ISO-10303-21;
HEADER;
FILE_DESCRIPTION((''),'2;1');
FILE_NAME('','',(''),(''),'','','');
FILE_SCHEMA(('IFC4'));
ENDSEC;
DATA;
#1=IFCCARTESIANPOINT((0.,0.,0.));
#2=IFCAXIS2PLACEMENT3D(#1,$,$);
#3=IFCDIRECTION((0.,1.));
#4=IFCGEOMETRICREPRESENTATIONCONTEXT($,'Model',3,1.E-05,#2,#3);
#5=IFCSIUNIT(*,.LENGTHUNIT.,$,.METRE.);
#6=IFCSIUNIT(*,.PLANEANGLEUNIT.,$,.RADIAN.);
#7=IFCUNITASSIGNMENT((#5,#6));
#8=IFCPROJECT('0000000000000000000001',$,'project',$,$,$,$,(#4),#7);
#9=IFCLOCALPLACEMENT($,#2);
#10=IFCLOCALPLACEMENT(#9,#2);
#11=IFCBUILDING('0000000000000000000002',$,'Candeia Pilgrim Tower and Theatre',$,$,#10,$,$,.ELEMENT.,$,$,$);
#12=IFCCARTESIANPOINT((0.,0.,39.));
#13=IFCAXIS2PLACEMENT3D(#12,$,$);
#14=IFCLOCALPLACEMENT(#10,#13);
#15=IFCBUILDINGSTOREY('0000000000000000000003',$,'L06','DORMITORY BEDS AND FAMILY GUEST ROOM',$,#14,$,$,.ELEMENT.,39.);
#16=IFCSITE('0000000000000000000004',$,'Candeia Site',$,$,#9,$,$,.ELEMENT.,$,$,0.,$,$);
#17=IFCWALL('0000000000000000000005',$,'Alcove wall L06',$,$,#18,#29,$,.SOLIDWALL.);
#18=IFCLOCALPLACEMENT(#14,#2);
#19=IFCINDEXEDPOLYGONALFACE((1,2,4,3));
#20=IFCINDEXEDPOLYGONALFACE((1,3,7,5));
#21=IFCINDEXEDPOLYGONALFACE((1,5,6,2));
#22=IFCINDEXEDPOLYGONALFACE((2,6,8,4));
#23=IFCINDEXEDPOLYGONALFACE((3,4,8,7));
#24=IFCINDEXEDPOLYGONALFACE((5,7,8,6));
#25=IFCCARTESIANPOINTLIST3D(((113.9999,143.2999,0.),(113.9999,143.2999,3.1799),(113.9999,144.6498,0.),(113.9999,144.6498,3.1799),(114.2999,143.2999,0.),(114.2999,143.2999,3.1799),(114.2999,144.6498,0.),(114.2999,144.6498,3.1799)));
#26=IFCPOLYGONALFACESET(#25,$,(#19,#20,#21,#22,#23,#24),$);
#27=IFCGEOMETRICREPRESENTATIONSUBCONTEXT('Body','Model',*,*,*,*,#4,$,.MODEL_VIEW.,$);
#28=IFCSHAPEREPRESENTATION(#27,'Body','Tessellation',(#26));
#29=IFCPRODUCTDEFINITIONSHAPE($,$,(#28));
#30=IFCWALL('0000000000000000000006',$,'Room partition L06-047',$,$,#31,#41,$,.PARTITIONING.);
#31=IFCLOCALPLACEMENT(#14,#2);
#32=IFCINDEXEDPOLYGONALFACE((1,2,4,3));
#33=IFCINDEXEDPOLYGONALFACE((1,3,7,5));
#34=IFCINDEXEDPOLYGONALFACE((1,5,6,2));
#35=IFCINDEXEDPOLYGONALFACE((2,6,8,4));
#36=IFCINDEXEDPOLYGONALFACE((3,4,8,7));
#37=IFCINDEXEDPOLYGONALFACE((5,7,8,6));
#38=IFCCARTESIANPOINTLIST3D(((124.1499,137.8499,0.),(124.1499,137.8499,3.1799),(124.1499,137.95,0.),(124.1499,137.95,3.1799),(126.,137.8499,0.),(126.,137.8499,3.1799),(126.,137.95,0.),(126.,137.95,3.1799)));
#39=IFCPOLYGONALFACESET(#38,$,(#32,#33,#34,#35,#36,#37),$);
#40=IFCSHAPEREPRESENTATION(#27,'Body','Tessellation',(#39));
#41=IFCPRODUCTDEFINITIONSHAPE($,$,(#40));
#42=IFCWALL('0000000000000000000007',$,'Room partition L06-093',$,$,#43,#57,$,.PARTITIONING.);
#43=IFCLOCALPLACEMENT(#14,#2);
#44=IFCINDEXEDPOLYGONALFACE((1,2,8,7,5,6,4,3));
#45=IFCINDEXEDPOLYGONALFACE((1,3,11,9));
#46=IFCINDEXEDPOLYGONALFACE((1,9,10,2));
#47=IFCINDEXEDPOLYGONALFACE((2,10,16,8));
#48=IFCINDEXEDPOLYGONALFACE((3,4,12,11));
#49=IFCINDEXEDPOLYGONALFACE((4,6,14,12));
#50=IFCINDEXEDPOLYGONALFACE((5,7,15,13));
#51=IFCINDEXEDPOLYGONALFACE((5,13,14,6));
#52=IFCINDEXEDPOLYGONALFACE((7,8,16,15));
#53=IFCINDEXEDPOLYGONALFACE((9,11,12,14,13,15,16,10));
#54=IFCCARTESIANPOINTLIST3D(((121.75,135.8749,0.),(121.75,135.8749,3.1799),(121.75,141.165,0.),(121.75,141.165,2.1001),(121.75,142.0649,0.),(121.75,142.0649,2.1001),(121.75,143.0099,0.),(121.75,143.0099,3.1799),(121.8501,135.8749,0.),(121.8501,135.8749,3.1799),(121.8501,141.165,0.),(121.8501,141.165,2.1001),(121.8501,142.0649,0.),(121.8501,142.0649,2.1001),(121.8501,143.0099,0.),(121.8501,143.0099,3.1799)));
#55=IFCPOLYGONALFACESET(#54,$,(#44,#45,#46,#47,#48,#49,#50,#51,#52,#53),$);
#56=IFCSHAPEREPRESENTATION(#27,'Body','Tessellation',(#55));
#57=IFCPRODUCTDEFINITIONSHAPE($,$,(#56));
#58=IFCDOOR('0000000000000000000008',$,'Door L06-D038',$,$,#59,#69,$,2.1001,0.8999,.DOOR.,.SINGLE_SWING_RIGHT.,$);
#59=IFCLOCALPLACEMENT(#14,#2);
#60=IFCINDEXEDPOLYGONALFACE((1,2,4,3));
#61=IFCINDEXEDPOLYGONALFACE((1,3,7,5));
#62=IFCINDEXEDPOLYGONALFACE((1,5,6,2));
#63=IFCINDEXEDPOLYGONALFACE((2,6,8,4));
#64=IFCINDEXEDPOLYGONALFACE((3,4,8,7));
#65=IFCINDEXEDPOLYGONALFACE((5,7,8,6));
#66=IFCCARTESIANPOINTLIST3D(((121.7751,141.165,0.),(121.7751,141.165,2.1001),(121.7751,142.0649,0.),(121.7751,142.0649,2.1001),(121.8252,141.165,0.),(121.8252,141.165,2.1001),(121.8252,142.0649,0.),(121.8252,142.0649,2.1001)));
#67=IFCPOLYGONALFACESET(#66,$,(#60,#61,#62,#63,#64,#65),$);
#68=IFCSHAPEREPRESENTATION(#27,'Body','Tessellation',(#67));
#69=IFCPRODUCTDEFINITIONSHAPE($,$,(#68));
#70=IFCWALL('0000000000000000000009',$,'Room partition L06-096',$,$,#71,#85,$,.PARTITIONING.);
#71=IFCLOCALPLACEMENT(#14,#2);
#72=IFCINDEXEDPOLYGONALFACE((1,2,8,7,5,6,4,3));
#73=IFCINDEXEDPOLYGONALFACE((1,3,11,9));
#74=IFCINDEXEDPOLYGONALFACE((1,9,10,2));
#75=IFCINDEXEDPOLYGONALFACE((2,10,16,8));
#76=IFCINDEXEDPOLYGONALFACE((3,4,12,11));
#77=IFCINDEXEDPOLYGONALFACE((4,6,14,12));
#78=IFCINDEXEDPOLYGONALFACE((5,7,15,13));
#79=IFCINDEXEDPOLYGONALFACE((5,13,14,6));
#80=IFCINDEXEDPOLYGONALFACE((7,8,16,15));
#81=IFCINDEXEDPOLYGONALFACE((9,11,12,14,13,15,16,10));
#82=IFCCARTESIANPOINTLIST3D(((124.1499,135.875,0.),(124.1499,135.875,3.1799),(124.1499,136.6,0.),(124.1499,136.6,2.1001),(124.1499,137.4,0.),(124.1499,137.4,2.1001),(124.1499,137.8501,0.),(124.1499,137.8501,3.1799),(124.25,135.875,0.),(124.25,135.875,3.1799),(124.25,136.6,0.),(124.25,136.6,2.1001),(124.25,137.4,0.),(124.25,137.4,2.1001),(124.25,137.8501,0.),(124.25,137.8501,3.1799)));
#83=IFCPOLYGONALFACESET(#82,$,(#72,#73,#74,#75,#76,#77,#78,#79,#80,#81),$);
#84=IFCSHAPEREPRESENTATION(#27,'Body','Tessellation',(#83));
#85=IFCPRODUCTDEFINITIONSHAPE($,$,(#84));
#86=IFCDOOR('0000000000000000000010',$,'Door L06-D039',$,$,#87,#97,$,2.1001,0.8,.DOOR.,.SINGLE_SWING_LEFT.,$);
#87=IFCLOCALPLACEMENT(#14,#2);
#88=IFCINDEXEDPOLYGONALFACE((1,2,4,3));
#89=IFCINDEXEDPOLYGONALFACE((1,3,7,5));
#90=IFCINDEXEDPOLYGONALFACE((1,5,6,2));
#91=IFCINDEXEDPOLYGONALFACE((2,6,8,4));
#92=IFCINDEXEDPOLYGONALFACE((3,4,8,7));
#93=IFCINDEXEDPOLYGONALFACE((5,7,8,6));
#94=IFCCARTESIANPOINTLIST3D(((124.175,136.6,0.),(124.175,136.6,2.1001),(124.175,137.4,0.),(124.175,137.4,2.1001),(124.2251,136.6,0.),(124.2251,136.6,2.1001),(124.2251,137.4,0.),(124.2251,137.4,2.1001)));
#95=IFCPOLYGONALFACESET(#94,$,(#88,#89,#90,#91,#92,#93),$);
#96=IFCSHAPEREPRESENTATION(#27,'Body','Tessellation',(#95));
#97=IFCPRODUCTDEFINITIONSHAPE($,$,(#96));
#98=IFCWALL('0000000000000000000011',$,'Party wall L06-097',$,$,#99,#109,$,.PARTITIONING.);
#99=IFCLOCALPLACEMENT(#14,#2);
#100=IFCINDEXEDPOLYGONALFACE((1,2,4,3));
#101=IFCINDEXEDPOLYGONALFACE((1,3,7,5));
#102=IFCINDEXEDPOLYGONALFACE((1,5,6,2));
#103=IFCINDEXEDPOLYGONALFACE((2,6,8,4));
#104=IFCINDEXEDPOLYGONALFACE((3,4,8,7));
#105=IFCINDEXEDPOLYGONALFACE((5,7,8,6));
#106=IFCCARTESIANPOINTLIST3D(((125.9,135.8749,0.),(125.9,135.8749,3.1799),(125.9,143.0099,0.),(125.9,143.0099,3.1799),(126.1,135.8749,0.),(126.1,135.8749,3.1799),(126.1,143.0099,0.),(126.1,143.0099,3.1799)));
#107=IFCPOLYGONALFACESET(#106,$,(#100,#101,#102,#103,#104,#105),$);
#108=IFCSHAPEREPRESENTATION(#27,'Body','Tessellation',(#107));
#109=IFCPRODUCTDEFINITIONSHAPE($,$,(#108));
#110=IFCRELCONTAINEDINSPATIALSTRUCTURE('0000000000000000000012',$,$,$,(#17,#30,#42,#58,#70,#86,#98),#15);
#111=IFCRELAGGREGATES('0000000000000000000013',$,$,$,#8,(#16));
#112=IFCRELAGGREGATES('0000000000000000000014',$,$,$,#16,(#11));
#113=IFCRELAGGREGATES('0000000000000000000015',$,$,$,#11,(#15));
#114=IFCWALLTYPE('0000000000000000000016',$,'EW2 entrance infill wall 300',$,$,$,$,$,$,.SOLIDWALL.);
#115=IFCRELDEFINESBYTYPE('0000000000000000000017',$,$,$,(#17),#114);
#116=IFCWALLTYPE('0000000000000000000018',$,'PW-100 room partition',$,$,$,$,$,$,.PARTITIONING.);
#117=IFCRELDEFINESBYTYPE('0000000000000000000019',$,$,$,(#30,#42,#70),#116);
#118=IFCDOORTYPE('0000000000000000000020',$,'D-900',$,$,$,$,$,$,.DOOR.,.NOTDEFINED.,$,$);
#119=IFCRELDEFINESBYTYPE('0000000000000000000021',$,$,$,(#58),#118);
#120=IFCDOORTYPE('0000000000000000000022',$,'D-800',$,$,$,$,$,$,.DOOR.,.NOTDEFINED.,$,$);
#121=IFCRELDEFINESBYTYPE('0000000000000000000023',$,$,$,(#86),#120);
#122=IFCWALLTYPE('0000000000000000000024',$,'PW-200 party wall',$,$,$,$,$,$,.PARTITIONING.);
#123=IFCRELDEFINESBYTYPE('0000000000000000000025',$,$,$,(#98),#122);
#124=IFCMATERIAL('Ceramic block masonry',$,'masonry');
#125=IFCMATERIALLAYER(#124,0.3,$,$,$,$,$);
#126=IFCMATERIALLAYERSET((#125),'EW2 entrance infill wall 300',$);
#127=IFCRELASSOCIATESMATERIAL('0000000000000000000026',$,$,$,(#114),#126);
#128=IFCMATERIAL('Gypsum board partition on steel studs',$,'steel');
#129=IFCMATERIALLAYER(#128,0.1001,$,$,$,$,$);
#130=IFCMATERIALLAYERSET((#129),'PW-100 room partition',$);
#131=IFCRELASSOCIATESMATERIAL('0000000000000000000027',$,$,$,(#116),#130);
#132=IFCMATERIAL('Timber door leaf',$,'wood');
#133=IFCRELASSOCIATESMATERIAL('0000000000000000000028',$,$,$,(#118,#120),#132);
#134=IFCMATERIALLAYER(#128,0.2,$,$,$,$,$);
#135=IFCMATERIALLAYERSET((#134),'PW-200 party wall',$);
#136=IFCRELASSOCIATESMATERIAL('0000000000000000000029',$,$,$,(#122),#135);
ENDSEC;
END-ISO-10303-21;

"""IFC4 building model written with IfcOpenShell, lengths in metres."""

from ifc_helpers import new_model, si_unit, direction, frame, frame_2d, origin, place, context, subcontext, project, spatial, rectangle, extrude, material, layer, layer_set, type_object, element, fill, save


model = new_model("IFC4")

# Units and contexts
model_context = context("Model", 3, precision=1e-05, world=origin(), true_north=direction((0.0, 1.0)))
body_context = subcontext(model_context, "Body", "Model", "MODEL_VIEW")
ifc_project = project(units=[si_unit("LENGTHUNIT", "METRE"), si_unit("PLANEANGLEUNIT", "RADIAN")], contexts=[model_context])

# Site, building, storey
site_placement = place(None, origin())
site = spatial("IfcSite", under=ifc_project, at=site_placement, Name="Candeia Site", CompositionType="ELEMENT", RefElevation=0.0)
building_placement = place(site_placement, origin())
building = spatial("IfcBuilding", under=site, at=building_placement, Name="Candeia Pilgrim Tower and Theatre", CompositionType="ELEMENT")
storey_placement = place(building_placement, frame((0.0, 0.0, 39.0)))
storey = spatial("IfcBuildingStorey", under=building, at=storey_placement, Name="L06", Description="DORMITORY BEDS AND FAMILY GUEST ROOM", CompositionType="ELEMENT", Elevation=39.0)

# Shared definitions
ifc_material_1 = material(Name="Ceramic block masonry", Category="masonry")

# Wall
ifc_layer_1 = layer(ifc_material_1, 0.3)
ifc_layer_set_1 = layer_set([ifc_layer_1], Name="EW2 entrance infill wall 300")
wall_type_1 = type_object("IfcWallType", Name="EW2 entrance infill wall 300", PredefinedType="SOLIDWALL", material=ifc_layer_set_1)
wall_1_placement = place(storey_placement, frame((114.1499, 143.3, 0.0), z_axis=(0.0, 0.0, 1.0), x_axis=(0.0, 1.0, 0.0)))
element("IfcWall", 1, at=wall_1_placement, inside=storey, type_object=wall_type_1, Name="Alcove wall L06", PredefinedType="SOLIDWALL", context=body_context, shape_type="SweptSolid", body=[
    extrude(rectangle(XDim=1.3499, YDim=0.3, at=frame_2d((0.6748, 0.0))), origin(), (0.0, 0.0, 1.0), 3.1799),
])

# Wall
ifc_material_2 = material(Name="Gypsum board partition on steel studs", Category="steel")
ifc_layer_2 = layer(ifc_material_2, 0.1001)
ifc_layer_set_2 = layer_set([ifc_layer_2], Name="PW-100 room partition")
wall_type_2 = type_object("IfcWallType", Name="PW-100 room partition", PredefinedType="PARTITIONING", material=ifc_layer_set_2)
wall_2_placement = place(storey_placement, frame((124.1499, 137.8999, 0.0), z_axis=(0.0, 0.0, 1.0), x_axis=(1.0, 0.0, 0.0)))
element("IfcWall", 2, at=wall_2_placement, inside=storey, type_object=wall_type_2, Name="Room partition L06-047", PredefinedType="PARTITIONING", context=body_context, shape_type="SweptSolid", body=[
    extrude(rectangle(XDim=1.8501, YDim=0.1001, at=frame_2d((0.925, 0.0))), origin(), (0.0, 0.0, 1.0), 3.1799),
])

# Walls, openings, doors
wall_3_placement = place(storey_placement, frame((121.8, 135.875, 0.0), z_axis=(0.0, 0.0, 1.0), x_axis=(0.0, 1.0, 0.0)))
wall_3 = element("IfcWall", 3, at=wall_3_placement, inside=storey, type_object=wall_type_2, Name="Room partition L06-093", PredefinedType="PARTITIONING", context=body_context, shape_type="SweptSolid", body=[
    extrude(rectangle(XDim=7.135, YDim=0.1001, at=frame_2d((3.5674, 0.0))), origin(), (0.0, 0.0, 1.0), 3.1799),
])
opening_1_placement = place(wall_3_placement, frame((5.29, 0.0, 0.0)))
opening_1 = element("IfcOpeningElement", 4, at=opening_1_placement, cuts=wall_3, PredefinedType="OPENING", context=body_context, shape_type="SweptSolid", body=[
    extrude(rectangle(XDim=0.8999, YDim=2.1001, at=frame_2d((0.45, 1.05))), frame((0.0, 0.0601, 0.0), z_axis=(0.0, -1.0, 0.0), x_axis=(1.0, 0.0, 0.0)), (0.0, 0.0, 1.0), 0.1201),
])
ifc_material_3 = material(Name="Timber door leaf", Category="wood")
door_type_1 = type_object("IfcDoorType", Name="D-900", OperationType="NOTDEFINED", PredefinedType="DOOR", material=ifc_material_3)
door_1_placement = place(opening_1_placement, origin())
door_1 = element("IfcDoor", 5, at=door_1_placement, inside=storey, type_object=door_type_1, Name="Door L06-D038", OperationType="SINGLE_SWING_RIGHT", OverallHeight=2.1001, OverallWidth=0.8999, PredefinedType="DOOR", context=body_context, shape_type="SweptSolid", body=[
    extrude(rectangle(XDim=0.8999, YDim=2.1001, at=frame_2d((0.45, 1.05))), frame((0.0, 0.0249, 0.0), z_axis=(0.0, -1.0, 0.0), x_axis=(1.0, 0.0, 0.0)), (0.0, 0.0, 1.0), 0.05),
])
fill(opening_1, door_1)
wall_4_placement = place(storey_placement, frame((124.2, 135.875, 0.0), z_axis=(0.0, 0.0, 1.0), x_axis=(0.0, 1.0, 0.0)))
wall_4 = element("IfcWall", 6, at=wall_4_placement, inside=storey, type_object=wall_type_2, Name="Room partition L06-096", PredefinedType="PARTITIONING", context=body_context, shape_type="SweptSolid", body=[
    extrude(rectangle(XDim=1.9751, YDim=0.1001, at=frame_2d((0.9875, 0.0))), origin(), (0.0, 0.0, 1.0), 3.1799),
])
opening_2_placement = place(wall_4_placement, frame((0.7251, 0.0, 0.0)))
opening_2 = element("IfcOpeningElement", 7, at=opening_2_placement, cuts=wall_4, PredefinedType="OPENING", context=body_context, shape_type="SweptSolid", body=[
    extrude(rectangle(XDim=0.8, YDim=2.1001, at=frame_2d((0.3999, 1.05))), frame((0.0, 0.0601, 0.0), z_axis=(0.0, -1.0, 0.0), x_axis=(1.0, 0.0, 0.0)), (0.0, 0.0, 1.0), 0.1201),
])
door_type_2 = type_object("IfcDoorType", Name="D-800", OperationType="NOTDEFINED", PredefinedType="DOOR", material=ifc_material_3)
door_2_placement = place(opening_2_placement, origin())
door_2 = element("IfcDoor", 8, at=door_2_placement, inside=storey, type_object=door_type_2, Name="Door L06-D039", OperationType="SINGLE_SWING_LEFT", OverallHeight=2.1001, OverallWidth=0.8, PredefinedType="DOOR", context=body_context, shape_type="SweptSolid", body=[
    extrude(rectangle(XDim=0.8, YDim=2.1001, at=frame_2d((0.3999, 1.05))), frame((0.0, 0.0249, 0.0), z_axis=(0.0, -1.0, 0.0), x_axis=(1.0, 0.0, 0.0)), (0.0, 0.0, 1.0), 0.05),
])
fill(opening_2, door_2)

# Wall
ifc_layer_3 = layer(ifc_material_2, 0.2)
ifc_layer_set_3 = layer_set([ifc_layer_3], Name="PW-200 party wall")
wall_type_3 = type_object("IfcWallType", Name="PW-200 party wall", PredefinedType="PARTITIONING", material=ifc_layer_set_3)
wall_5_placement = place(storey_placement, frame((126.0, 135.875, 0.0), z_axis=(0.0, 0.0, 1.0), x_axis=(0.0, 1.0, 0.0)))
element("IfcWall", 9, at=wall_5_placement, inside=storey, type_object=wall_type_3, Name="Party wall L06-097", PredefinedType="PARTITIONING", context=body_context, shape_type="SweptSolid", body=[
    extrude(rectangle(XDim=7.135, YDim=0.2, at=frame_2d((3.5674, 0.0))), origin(), (0.0, 0.0, 1.0), 3.1799),
])

save(model, "model.ifc")
